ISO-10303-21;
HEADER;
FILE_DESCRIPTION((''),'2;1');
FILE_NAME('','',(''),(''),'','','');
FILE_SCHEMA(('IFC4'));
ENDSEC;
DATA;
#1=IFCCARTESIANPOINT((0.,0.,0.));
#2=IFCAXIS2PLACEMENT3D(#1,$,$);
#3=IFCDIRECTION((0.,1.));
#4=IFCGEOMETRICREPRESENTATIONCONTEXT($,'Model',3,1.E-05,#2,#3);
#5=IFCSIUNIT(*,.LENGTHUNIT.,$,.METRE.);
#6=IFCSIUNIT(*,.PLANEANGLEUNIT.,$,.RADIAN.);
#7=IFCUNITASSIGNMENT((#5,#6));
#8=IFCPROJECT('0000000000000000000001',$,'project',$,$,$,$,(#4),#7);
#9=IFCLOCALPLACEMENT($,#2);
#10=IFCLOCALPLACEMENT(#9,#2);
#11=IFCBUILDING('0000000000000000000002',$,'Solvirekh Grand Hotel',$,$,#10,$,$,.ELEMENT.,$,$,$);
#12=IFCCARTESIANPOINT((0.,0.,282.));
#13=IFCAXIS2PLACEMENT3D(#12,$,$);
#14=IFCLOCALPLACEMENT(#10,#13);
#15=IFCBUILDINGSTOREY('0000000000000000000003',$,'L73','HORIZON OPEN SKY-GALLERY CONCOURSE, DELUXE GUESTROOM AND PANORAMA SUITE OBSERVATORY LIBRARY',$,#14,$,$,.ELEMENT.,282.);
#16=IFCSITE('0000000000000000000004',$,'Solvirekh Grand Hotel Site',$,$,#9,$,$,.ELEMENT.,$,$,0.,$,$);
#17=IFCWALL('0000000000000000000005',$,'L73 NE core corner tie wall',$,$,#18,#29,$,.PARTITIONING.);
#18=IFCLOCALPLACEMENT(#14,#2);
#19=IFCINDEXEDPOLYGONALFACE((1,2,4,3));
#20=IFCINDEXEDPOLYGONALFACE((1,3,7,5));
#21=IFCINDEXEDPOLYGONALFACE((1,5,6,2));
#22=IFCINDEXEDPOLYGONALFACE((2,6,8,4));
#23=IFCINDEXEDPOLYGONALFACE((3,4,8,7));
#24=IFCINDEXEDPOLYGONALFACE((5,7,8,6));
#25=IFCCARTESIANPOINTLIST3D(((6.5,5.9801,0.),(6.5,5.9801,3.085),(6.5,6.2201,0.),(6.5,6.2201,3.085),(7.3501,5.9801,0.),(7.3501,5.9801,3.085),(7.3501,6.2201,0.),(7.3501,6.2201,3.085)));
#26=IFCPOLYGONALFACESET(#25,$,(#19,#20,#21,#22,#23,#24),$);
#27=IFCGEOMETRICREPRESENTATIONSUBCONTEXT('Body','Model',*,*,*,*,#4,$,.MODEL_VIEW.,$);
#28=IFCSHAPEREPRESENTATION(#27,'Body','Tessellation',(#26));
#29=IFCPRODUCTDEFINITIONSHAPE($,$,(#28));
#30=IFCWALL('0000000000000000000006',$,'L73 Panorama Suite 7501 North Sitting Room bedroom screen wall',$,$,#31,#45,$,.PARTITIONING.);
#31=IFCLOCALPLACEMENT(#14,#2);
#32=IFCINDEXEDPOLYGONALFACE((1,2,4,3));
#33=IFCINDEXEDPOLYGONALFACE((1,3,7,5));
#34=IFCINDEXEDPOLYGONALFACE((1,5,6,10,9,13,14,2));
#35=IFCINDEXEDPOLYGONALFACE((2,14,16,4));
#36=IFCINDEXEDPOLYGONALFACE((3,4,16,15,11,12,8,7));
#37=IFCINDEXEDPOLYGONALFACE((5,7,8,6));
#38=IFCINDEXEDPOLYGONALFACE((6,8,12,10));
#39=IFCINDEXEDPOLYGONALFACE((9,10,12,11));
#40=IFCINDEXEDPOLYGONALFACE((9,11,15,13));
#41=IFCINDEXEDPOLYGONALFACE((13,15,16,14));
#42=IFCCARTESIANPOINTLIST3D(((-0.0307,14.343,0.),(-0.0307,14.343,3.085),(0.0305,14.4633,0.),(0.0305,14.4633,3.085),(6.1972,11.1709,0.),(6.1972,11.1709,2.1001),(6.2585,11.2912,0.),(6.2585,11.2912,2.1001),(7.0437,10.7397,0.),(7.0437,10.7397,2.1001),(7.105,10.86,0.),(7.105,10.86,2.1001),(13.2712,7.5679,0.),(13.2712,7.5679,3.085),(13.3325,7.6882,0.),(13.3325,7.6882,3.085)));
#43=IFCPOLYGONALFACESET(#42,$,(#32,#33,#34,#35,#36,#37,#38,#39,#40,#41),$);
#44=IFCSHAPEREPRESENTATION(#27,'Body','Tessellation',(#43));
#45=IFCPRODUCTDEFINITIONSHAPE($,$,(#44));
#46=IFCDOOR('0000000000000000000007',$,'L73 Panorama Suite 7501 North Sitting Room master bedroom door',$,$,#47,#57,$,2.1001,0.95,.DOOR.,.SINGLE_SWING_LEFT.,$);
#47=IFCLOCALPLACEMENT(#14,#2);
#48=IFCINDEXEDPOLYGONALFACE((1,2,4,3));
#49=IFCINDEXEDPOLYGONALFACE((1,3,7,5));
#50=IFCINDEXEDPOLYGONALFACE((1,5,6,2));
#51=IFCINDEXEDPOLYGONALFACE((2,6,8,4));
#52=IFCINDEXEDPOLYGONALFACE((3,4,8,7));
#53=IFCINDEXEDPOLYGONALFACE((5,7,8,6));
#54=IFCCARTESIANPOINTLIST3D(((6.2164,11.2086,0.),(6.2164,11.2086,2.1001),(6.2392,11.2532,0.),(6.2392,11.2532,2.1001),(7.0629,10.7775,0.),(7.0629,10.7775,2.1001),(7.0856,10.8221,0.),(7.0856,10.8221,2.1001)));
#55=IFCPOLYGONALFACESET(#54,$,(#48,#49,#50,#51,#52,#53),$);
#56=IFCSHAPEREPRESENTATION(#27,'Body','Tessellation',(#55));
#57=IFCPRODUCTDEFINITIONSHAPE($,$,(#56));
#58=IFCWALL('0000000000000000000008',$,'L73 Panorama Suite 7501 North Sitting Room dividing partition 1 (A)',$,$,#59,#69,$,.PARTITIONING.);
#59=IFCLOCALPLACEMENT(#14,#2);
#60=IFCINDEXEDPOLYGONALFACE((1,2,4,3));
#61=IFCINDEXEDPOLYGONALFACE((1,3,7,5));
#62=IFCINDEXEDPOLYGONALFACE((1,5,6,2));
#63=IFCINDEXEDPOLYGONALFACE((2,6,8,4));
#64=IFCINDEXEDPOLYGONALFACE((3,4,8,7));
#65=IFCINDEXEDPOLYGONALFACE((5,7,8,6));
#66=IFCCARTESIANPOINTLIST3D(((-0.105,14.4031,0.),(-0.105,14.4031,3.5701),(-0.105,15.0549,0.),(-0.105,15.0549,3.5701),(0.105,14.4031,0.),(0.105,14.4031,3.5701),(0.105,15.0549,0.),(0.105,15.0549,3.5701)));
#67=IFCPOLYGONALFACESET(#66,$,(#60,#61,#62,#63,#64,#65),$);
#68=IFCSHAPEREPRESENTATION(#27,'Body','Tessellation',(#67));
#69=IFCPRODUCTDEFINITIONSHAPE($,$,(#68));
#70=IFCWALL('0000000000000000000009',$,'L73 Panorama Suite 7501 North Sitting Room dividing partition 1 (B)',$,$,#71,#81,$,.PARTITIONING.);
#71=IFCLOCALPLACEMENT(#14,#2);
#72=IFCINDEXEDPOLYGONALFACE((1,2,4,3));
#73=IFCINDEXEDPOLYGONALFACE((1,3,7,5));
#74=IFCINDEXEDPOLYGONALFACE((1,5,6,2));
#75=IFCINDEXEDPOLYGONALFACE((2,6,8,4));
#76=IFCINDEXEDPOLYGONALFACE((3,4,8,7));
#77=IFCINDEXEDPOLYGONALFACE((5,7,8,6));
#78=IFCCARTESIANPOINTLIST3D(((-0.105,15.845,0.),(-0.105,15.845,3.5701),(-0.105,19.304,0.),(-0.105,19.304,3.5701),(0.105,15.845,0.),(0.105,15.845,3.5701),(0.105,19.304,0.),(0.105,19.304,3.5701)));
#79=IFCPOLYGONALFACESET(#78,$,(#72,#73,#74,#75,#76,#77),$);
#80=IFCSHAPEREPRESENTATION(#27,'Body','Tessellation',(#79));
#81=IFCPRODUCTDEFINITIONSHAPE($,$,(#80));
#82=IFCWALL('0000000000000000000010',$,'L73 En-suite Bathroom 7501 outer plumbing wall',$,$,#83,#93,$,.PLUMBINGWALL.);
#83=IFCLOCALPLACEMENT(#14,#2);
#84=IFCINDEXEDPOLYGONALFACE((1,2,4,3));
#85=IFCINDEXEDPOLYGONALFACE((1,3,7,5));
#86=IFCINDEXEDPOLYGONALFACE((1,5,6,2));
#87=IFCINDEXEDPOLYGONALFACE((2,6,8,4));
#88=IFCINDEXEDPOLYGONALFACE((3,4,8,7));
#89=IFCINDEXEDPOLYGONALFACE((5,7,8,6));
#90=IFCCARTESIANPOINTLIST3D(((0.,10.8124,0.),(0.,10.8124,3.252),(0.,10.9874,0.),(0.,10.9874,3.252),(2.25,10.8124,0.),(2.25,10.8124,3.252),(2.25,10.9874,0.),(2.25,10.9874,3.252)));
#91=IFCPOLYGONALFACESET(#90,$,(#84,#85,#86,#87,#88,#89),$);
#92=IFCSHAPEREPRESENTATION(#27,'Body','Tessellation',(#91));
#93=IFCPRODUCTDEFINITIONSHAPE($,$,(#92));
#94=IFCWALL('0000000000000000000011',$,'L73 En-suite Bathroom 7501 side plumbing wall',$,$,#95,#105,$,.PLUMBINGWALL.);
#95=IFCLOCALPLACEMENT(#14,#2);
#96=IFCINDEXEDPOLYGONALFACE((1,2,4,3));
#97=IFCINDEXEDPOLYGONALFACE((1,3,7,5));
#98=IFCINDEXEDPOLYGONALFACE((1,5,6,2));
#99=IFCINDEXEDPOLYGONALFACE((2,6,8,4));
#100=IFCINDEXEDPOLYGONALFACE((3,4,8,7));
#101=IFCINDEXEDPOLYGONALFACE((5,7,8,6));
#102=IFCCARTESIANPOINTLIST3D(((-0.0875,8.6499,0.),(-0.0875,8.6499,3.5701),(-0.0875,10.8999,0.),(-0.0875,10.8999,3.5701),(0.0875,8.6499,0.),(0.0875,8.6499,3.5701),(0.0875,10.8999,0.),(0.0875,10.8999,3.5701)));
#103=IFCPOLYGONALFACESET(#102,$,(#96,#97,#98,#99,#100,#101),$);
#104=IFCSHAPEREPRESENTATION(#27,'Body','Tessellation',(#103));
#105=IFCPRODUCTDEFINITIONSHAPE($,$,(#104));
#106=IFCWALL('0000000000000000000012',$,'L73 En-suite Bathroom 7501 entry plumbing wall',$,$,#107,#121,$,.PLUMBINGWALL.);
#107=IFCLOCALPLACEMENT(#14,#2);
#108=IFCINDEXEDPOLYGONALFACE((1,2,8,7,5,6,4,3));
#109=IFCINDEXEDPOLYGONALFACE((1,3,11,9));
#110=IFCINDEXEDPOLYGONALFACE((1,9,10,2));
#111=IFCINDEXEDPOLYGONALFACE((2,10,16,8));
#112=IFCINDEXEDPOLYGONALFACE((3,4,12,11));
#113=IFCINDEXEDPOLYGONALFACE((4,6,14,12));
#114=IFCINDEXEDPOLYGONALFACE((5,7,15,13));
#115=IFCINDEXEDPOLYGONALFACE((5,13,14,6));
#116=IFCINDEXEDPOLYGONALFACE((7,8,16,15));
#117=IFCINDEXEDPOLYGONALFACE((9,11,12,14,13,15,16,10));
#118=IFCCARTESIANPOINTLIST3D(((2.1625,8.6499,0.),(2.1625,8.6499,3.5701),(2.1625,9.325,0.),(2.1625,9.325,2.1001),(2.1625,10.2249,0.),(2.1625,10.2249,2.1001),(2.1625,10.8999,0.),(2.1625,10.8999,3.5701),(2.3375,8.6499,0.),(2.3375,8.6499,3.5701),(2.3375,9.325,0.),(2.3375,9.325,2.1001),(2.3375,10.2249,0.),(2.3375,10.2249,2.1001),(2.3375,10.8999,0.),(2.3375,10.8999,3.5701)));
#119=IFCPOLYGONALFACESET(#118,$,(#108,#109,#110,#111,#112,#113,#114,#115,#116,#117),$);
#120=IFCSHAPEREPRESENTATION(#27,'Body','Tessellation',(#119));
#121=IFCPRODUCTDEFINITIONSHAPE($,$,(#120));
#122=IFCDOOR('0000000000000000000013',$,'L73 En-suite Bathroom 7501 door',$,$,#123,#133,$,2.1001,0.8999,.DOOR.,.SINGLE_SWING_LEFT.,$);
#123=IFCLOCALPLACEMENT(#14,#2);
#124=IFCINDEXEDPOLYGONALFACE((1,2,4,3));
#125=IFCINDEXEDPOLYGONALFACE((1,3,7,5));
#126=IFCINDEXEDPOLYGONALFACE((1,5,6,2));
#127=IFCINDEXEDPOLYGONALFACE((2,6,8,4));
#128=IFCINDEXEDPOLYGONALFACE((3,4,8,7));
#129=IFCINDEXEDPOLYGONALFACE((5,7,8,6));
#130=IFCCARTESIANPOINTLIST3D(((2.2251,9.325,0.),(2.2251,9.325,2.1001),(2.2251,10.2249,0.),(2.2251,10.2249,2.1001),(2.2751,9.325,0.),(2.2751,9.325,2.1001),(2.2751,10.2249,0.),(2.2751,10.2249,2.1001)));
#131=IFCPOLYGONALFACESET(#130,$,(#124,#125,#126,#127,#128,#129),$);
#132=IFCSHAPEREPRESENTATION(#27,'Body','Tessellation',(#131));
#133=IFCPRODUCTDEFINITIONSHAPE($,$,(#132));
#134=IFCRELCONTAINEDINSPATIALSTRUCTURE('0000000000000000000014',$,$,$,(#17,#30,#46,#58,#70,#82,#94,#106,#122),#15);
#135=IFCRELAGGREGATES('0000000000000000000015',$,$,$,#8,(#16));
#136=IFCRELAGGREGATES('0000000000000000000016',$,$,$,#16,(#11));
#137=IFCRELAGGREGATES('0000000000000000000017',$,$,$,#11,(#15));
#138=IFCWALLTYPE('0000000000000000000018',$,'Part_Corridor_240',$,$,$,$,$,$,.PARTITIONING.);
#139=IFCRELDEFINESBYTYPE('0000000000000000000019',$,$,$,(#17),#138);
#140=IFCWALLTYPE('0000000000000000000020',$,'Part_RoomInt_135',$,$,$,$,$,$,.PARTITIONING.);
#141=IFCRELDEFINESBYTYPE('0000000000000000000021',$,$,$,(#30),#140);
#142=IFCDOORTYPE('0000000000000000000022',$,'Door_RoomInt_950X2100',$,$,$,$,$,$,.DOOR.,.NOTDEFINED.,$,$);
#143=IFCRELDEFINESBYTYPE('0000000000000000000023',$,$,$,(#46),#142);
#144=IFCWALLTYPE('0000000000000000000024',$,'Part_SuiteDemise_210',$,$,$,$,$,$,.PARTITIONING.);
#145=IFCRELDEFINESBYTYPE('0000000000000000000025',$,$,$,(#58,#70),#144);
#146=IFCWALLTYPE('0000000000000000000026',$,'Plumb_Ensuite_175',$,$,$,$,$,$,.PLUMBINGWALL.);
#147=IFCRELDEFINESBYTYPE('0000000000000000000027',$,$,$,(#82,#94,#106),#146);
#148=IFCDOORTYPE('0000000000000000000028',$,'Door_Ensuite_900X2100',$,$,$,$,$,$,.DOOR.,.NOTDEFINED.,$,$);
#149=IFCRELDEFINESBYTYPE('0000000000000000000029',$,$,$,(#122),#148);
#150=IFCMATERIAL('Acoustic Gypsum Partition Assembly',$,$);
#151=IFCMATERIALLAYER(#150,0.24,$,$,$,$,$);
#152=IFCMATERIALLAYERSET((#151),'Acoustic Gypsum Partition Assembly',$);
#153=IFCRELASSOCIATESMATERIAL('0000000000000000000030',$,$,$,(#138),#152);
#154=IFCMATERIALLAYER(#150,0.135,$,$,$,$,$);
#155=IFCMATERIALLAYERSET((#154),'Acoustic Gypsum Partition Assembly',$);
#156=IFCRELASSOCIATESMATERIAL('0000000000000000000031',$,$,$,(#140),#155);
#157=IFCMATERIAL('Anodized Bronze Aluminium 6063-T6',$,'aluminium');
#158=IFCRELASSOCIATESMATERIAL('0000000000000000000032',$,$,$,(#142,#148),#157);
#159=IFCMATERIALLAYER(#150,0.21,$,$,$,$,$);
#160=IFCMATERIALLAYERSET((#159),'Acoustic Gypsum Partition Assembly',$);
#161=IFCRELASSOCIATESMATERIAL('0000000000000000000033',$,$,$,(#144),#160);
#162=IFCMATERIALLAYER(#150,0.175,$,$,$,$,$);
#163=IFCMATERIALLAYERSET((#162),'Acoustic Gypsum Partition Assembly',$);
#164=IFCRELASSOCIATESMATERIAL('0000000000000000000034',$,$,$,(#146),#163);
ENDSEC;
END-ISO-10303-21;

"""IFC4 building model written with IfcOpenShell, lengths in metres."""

from ifc_helpers import new_model, si_unit, direction, frame, frame_2d, origin, place, context, subcontext, project, spatial, rectangle, extrude, material, layer, layer_set, type_object, element, fill, save


model = new_model("IFC4")

# Units and contexts
model_context = context("Model", 3, precision=1e-05, world=origin(), true_north=direction((0.0, 1.0)))
body_context = subcontext(model_context, "Body", "Model", "MODEL_VIEW")
ifc_project = project(units=[si_unit("LENGTHUNIT", "METRE"), si_unit("PLANEANGLEUNIT", "RADIAN")], contexts=[model_context])

# Site, building, storey
site_placement = place(None, origin())
site = spatial("IfcSite", under=ifc_project, at=site_placement, Name="Solvirekh Grand Hotel Site", CompositionType="ELEMENT", RefElevation=0.0)
building_placement = place(site_placement, origin())
building = spatial("IfcBuilding", under=site, at=building_placement, Name="Solvirekh Grand Hotel", CompositionType="ELEMENT")
storey_placement = place(building_placement, frame((0.0, 0.0, 282.0)))
storey = spatial("IfcBuildingStorey", under=building, at=storey_placement, Name="L73", Description="HORIZON OPEN SKY-GALLERY CONCOURSE, DELUXE GUESTROOM AND PANORAMA SUITE OBSERVATORY LIBRARY", CompositionType="ELEMENT", Elevation=282.0)

# Wall
ifc_material_1 = material(Name="Acoustic Gypsum Partition Assembly")
ifc_layer_1 = layer(ifc_material_1, 0.24)
ifc_layer_set_1 = layer_set([ifc_layer_1], Name="Acoustic Gypsum Partition Assembly")
wall_type_1 = type_object("IfcWallType", Name="Part_Corridor_240", PredefinedType="PARTITIONING", material=ifc_layer_set_1)
wall_1_placement = place(storey_placement, frame((6.5, 6.1001, 0.0), z_axis=(0.0, 0.0, 1.0), x_axis=(1.0, 0.0, 0.0)))
element("IfcWall", 1, at=wall_1_placement, inside=storey, type_object=wall_type_1, Name="L73 NE core corner tie wall", PredefinedType="PARTITIONING", context=body_context, shape_type="SweptSolid", body=[
    extrude(rectangle(XDim=0.8501, YDim=0.24, at=frame_2d((0.425, 0.0))), origin(), (0.0, 0.0, 1.0), 3.085),
])

# Wall, opening, door
ifc_layer_2 = layer(ifc_material_1, 0.135)
ifc_layer_set_2 = layer_set([ifc_layer_2], Name="Acoustic Gypsum Partition Assembly")
wall_type_2 = type_object("IfcWallType", Name="Part_RoomInt_135", PredefinedType="PARTITIONING", material=ifc_layer_set_2)
wall_2_placement = place(storey_placement, frame((0.0, 14.4031, 0.0), z_axis=(0.0, 0.0, 1.0), x_axis=(0.891076, -0.453854, 0.0)))
wall_2 = element("IfcWall", 2, at=wall_2_placement, inside=storey, type_object=wall_type_2, Name="L73 Panorama Suite 7501 North Sitting Room bedroom screen wall", PredefinedType="PARTITIONING", context=body_context, shape_type="SweptSolid", body=[
    extrude(rectangle(XDim=14.928, YDim=0.135, at=frame_2d((7.4639, 0.0))), origin(), (0.0, 0.0, 1.0), 3.085),
])
opening_1_placement = place(wall_2_placement, frame((6.989, 0.0, 0.0)))
opening_1 = element("IfcOpeningElement", 3, at=opening_1_placement, cuts=wall_2, PredefinedType="OPENING", context=body_context, shape_type="SweptSolid", body=[
    extrude(rectangle(XDim=0.95, YDim=2.1001, at=frame_2d((0.4751, 1.05))), frame((0.0, 0.0776, 0.0), z_axis=(0.0, -1.0, 0.0), x_axis=(1.0, 0.0, 0.0)), (0.0, 0.0, 1.0), 0.155),
])
ifc_material_2 = material(Name="Anodized Bronze Aluminium 6063-T6", Category="aluminium")
door_type_1 = type_object("IfcDoorType", Name="Door_RoomInt_950X2100", OperationType="NOTDEFINED", PredefinedType="DOOR", material=ifc_material_2)
door_1_placement = place(opening_1_placement, origin())
door_1 = element("IfcDoor", 4, at=door_1_placement, inside=storey, type_object=door_type_1, Name="L73 Panorama Suite 7501 North Sitting Room master bedroom door", OperationType="SINGLE_SWING_LEFT", OverallHeight=2.1001, OverallWidth=0.95, PredefinedType="DOOR", context=body_context, shape_type="SweptSolid", body=[
    extrude(rectangle(XDim=0.95, YDim=2.1001, at=frame_2d((0.4751, 1.05))), frame((0.0, 0.0249, 0.0), z_axis=(0.0, -1.0, 0.0), x_axis=(1.0, 0.0, 0.0)), (0.0, 0.0, 1.0), 0.05),
])
fill(opening_1, door_1)

# Walls
ifc_layer_3 = layer(ifc_material_1, 0.21)
ifc_layer_set_3 = layer_set([ifc_layer_3], Name="Acoustic Gypsum Partition Assembly")
wall_type_3 = type_object("IfcWallType", Name="Part_SuiteDemise_210", PredefinedType="PARTITIONING", material=ifc_layer_set_3)
wall_3_placement = place(storey_placement, frame((0.0, 14.4031, 0.0), z_axis=(0.0, 0.0, 1.0), x_axis=(0.0, 1.0, 0.0)))
element("IfcWall", 5, at=wall_3_placement, inside=storey, type_object=wall_type_3, Name="L73 Panorama Suite 7501 North Sitting Room dividing partition 1 (A)", PredefinedType="PARTITIONING", context=body_context, shape_type="SweptSolid", body=[
    extrude(rectangle(XDim=0.6519, YDim=0.21, at=frame_2d((0.3259, 0.0))), origin(), (0.0, 0.0, 1.0), 3.5701),
])
wall_4_placement = place(storey_placement, frame((0.0, 15.845, 0.0), z_axis=(0.0, 0.0, 1.0), x_axis=(0.0, 1.0, 0.0)))
element("IfcWall", 6, at=wall_4_placement, inside=storey, type_object=wall_type_3, Name="L73 Panorama Suite 7501 North Sitting Room dividing partition 1 (B)", PredefinedType="PARTITIONING", context=body_context, shape_type="SweptSolid", body=[
    extrude(rectangle(XDim=3.459, YDim=0.21, at=frame_2d((1.7295, 0.0))), origin(), (0.0, 0.0, 1.0), 3.5701),
])
ifc_layer_4 = layer(ifc_material_1, 0.175)
ifc_layer_set_4 = layer_set([ifc_layer_4], Name="Acoustic Gypsum Partition Assembly")
wall_type_4 = type_object("IfcWallType", Name="Plumb_Ensuite_175", PredefinedType="PLUMBINGWALL", material=ifc_layer_set_4)
wall_5_placement = place(storey_placement, frame((0.0, 10.8999, 0.0), z_axis=(0.0, 0.0, 1.0), x_axis=(1.0, 0.0, 0.0)))
element("IfcWall", 7, at=wall_5_placement, inside=storey, type_object=wall_type_4, Name="L73 En-suite Bathroom 7501 outer plumbing wall", PredefinedType="PLUMBINGWALL", context=body_context, shape_type="SweptSolid", body=[
    extrude(rectangle(XDim=2.25, YDim=0.175, at=frame_2d((1.125, 0.0))), origin(), (0.0, 0.0, 1.0), 3.252),
])
wall_6_placement = place(storey_placement, frame((0.0, 10.8999, 0.0), z_axis=(0.0, 0.0, 1.0), x_axis=(0.0, -1.0, 0.0)))
element("IfcWall", 8, at=wall_6_placement, inside=storey, type_object=wall_type_4, Name="L73 En-suite Bathroom 7501 side plumbing wall", PredefinedType="PLUMBINGWALL", context=body_context, shape_type="SweptSolid", body=[
    extrude(rectangle(XDim=2.25, YDim=0.175, at=frame_2d((1.125, 0.0))), origin(), (0.0, 0.0, 1.0), 3.5701),
])

# Wall, opening, door
wall_7_placement = place(storey_placement, frame((2.25, 8.6499, 0.0), z_axis=(0.0, 0.0, 1.0), x_axis=(0.0, 1.0, 0.0)))
wall_7 = element("IfcWall", 9, at=wall_7_placement, inside=storey, type_object=wall_type_4, Name="L73 En-suite Bathroom 7501 entry plumbing wall", PredefinedType="PLUMBINGWALL", context=body_context, shape_type="SweptSolid", body=[
    extrude(rectangle(XDim=2.25, YDim=0.175, at=frame_2d((1.125, 0.0))), origin(), (0.0, 0.0, 1.0), 3.5701),
])
opening_2_placement = place(wall_7_placement, frame((0.675, 0.0, 0.0)))
opening_2 = element("IfcOpeningElement", 10, at=opening_2_placement, cuts=wall_7, PredefinedType="OPENING", context=body_context, shape_type="SweptSolid", body=[
    extrude(rectangle(XDim=0.8999, YDim=2.1001, at=frame_2d((0.45, 1.05))), frame((0.0, 0.0977, 0.0), z_axis=(0.0, -1.0, 0.0), x_axis=(1.0, 0.0, 0.0)), (0.0, 0.0, 1.0), 0.1951),
])
door_type_2 = type_object("IfcDoorType", Name="Door_Ensuite_900X2100", OperationType="NOTDEFINED", PredefinedType="DOOR", material=ifc_material_2)
door_2_placement = place(opening_2_placement, origin())
door_2 = element("IfcDoor", 11, at=door_2_placement, inside=storey, type_object=door_type_2, Name="L73 En-suite Bathroom 7501 door", OperationType="SINGLE_SWING_LEFT", OverallHeight=2.1001, OverallWidth=0.8999, PredefinedType="DOOR", context=body_context, shape_type="SweptSolid", body=[
    extrude(rectangle(XDim=0.8999, YDim=2.1001, at=frame_2d((0.45, 1.05))), frame((0.0, 0.0249, 0.0), z_axis=(0.0, -1.0, 0.0), x_axis=(1.0, 0.0, 0.0)), (0.0, 0.0, 1.0), 0.05),
])
fill(opening_2, door_2)

save(model, "model.ifc")
